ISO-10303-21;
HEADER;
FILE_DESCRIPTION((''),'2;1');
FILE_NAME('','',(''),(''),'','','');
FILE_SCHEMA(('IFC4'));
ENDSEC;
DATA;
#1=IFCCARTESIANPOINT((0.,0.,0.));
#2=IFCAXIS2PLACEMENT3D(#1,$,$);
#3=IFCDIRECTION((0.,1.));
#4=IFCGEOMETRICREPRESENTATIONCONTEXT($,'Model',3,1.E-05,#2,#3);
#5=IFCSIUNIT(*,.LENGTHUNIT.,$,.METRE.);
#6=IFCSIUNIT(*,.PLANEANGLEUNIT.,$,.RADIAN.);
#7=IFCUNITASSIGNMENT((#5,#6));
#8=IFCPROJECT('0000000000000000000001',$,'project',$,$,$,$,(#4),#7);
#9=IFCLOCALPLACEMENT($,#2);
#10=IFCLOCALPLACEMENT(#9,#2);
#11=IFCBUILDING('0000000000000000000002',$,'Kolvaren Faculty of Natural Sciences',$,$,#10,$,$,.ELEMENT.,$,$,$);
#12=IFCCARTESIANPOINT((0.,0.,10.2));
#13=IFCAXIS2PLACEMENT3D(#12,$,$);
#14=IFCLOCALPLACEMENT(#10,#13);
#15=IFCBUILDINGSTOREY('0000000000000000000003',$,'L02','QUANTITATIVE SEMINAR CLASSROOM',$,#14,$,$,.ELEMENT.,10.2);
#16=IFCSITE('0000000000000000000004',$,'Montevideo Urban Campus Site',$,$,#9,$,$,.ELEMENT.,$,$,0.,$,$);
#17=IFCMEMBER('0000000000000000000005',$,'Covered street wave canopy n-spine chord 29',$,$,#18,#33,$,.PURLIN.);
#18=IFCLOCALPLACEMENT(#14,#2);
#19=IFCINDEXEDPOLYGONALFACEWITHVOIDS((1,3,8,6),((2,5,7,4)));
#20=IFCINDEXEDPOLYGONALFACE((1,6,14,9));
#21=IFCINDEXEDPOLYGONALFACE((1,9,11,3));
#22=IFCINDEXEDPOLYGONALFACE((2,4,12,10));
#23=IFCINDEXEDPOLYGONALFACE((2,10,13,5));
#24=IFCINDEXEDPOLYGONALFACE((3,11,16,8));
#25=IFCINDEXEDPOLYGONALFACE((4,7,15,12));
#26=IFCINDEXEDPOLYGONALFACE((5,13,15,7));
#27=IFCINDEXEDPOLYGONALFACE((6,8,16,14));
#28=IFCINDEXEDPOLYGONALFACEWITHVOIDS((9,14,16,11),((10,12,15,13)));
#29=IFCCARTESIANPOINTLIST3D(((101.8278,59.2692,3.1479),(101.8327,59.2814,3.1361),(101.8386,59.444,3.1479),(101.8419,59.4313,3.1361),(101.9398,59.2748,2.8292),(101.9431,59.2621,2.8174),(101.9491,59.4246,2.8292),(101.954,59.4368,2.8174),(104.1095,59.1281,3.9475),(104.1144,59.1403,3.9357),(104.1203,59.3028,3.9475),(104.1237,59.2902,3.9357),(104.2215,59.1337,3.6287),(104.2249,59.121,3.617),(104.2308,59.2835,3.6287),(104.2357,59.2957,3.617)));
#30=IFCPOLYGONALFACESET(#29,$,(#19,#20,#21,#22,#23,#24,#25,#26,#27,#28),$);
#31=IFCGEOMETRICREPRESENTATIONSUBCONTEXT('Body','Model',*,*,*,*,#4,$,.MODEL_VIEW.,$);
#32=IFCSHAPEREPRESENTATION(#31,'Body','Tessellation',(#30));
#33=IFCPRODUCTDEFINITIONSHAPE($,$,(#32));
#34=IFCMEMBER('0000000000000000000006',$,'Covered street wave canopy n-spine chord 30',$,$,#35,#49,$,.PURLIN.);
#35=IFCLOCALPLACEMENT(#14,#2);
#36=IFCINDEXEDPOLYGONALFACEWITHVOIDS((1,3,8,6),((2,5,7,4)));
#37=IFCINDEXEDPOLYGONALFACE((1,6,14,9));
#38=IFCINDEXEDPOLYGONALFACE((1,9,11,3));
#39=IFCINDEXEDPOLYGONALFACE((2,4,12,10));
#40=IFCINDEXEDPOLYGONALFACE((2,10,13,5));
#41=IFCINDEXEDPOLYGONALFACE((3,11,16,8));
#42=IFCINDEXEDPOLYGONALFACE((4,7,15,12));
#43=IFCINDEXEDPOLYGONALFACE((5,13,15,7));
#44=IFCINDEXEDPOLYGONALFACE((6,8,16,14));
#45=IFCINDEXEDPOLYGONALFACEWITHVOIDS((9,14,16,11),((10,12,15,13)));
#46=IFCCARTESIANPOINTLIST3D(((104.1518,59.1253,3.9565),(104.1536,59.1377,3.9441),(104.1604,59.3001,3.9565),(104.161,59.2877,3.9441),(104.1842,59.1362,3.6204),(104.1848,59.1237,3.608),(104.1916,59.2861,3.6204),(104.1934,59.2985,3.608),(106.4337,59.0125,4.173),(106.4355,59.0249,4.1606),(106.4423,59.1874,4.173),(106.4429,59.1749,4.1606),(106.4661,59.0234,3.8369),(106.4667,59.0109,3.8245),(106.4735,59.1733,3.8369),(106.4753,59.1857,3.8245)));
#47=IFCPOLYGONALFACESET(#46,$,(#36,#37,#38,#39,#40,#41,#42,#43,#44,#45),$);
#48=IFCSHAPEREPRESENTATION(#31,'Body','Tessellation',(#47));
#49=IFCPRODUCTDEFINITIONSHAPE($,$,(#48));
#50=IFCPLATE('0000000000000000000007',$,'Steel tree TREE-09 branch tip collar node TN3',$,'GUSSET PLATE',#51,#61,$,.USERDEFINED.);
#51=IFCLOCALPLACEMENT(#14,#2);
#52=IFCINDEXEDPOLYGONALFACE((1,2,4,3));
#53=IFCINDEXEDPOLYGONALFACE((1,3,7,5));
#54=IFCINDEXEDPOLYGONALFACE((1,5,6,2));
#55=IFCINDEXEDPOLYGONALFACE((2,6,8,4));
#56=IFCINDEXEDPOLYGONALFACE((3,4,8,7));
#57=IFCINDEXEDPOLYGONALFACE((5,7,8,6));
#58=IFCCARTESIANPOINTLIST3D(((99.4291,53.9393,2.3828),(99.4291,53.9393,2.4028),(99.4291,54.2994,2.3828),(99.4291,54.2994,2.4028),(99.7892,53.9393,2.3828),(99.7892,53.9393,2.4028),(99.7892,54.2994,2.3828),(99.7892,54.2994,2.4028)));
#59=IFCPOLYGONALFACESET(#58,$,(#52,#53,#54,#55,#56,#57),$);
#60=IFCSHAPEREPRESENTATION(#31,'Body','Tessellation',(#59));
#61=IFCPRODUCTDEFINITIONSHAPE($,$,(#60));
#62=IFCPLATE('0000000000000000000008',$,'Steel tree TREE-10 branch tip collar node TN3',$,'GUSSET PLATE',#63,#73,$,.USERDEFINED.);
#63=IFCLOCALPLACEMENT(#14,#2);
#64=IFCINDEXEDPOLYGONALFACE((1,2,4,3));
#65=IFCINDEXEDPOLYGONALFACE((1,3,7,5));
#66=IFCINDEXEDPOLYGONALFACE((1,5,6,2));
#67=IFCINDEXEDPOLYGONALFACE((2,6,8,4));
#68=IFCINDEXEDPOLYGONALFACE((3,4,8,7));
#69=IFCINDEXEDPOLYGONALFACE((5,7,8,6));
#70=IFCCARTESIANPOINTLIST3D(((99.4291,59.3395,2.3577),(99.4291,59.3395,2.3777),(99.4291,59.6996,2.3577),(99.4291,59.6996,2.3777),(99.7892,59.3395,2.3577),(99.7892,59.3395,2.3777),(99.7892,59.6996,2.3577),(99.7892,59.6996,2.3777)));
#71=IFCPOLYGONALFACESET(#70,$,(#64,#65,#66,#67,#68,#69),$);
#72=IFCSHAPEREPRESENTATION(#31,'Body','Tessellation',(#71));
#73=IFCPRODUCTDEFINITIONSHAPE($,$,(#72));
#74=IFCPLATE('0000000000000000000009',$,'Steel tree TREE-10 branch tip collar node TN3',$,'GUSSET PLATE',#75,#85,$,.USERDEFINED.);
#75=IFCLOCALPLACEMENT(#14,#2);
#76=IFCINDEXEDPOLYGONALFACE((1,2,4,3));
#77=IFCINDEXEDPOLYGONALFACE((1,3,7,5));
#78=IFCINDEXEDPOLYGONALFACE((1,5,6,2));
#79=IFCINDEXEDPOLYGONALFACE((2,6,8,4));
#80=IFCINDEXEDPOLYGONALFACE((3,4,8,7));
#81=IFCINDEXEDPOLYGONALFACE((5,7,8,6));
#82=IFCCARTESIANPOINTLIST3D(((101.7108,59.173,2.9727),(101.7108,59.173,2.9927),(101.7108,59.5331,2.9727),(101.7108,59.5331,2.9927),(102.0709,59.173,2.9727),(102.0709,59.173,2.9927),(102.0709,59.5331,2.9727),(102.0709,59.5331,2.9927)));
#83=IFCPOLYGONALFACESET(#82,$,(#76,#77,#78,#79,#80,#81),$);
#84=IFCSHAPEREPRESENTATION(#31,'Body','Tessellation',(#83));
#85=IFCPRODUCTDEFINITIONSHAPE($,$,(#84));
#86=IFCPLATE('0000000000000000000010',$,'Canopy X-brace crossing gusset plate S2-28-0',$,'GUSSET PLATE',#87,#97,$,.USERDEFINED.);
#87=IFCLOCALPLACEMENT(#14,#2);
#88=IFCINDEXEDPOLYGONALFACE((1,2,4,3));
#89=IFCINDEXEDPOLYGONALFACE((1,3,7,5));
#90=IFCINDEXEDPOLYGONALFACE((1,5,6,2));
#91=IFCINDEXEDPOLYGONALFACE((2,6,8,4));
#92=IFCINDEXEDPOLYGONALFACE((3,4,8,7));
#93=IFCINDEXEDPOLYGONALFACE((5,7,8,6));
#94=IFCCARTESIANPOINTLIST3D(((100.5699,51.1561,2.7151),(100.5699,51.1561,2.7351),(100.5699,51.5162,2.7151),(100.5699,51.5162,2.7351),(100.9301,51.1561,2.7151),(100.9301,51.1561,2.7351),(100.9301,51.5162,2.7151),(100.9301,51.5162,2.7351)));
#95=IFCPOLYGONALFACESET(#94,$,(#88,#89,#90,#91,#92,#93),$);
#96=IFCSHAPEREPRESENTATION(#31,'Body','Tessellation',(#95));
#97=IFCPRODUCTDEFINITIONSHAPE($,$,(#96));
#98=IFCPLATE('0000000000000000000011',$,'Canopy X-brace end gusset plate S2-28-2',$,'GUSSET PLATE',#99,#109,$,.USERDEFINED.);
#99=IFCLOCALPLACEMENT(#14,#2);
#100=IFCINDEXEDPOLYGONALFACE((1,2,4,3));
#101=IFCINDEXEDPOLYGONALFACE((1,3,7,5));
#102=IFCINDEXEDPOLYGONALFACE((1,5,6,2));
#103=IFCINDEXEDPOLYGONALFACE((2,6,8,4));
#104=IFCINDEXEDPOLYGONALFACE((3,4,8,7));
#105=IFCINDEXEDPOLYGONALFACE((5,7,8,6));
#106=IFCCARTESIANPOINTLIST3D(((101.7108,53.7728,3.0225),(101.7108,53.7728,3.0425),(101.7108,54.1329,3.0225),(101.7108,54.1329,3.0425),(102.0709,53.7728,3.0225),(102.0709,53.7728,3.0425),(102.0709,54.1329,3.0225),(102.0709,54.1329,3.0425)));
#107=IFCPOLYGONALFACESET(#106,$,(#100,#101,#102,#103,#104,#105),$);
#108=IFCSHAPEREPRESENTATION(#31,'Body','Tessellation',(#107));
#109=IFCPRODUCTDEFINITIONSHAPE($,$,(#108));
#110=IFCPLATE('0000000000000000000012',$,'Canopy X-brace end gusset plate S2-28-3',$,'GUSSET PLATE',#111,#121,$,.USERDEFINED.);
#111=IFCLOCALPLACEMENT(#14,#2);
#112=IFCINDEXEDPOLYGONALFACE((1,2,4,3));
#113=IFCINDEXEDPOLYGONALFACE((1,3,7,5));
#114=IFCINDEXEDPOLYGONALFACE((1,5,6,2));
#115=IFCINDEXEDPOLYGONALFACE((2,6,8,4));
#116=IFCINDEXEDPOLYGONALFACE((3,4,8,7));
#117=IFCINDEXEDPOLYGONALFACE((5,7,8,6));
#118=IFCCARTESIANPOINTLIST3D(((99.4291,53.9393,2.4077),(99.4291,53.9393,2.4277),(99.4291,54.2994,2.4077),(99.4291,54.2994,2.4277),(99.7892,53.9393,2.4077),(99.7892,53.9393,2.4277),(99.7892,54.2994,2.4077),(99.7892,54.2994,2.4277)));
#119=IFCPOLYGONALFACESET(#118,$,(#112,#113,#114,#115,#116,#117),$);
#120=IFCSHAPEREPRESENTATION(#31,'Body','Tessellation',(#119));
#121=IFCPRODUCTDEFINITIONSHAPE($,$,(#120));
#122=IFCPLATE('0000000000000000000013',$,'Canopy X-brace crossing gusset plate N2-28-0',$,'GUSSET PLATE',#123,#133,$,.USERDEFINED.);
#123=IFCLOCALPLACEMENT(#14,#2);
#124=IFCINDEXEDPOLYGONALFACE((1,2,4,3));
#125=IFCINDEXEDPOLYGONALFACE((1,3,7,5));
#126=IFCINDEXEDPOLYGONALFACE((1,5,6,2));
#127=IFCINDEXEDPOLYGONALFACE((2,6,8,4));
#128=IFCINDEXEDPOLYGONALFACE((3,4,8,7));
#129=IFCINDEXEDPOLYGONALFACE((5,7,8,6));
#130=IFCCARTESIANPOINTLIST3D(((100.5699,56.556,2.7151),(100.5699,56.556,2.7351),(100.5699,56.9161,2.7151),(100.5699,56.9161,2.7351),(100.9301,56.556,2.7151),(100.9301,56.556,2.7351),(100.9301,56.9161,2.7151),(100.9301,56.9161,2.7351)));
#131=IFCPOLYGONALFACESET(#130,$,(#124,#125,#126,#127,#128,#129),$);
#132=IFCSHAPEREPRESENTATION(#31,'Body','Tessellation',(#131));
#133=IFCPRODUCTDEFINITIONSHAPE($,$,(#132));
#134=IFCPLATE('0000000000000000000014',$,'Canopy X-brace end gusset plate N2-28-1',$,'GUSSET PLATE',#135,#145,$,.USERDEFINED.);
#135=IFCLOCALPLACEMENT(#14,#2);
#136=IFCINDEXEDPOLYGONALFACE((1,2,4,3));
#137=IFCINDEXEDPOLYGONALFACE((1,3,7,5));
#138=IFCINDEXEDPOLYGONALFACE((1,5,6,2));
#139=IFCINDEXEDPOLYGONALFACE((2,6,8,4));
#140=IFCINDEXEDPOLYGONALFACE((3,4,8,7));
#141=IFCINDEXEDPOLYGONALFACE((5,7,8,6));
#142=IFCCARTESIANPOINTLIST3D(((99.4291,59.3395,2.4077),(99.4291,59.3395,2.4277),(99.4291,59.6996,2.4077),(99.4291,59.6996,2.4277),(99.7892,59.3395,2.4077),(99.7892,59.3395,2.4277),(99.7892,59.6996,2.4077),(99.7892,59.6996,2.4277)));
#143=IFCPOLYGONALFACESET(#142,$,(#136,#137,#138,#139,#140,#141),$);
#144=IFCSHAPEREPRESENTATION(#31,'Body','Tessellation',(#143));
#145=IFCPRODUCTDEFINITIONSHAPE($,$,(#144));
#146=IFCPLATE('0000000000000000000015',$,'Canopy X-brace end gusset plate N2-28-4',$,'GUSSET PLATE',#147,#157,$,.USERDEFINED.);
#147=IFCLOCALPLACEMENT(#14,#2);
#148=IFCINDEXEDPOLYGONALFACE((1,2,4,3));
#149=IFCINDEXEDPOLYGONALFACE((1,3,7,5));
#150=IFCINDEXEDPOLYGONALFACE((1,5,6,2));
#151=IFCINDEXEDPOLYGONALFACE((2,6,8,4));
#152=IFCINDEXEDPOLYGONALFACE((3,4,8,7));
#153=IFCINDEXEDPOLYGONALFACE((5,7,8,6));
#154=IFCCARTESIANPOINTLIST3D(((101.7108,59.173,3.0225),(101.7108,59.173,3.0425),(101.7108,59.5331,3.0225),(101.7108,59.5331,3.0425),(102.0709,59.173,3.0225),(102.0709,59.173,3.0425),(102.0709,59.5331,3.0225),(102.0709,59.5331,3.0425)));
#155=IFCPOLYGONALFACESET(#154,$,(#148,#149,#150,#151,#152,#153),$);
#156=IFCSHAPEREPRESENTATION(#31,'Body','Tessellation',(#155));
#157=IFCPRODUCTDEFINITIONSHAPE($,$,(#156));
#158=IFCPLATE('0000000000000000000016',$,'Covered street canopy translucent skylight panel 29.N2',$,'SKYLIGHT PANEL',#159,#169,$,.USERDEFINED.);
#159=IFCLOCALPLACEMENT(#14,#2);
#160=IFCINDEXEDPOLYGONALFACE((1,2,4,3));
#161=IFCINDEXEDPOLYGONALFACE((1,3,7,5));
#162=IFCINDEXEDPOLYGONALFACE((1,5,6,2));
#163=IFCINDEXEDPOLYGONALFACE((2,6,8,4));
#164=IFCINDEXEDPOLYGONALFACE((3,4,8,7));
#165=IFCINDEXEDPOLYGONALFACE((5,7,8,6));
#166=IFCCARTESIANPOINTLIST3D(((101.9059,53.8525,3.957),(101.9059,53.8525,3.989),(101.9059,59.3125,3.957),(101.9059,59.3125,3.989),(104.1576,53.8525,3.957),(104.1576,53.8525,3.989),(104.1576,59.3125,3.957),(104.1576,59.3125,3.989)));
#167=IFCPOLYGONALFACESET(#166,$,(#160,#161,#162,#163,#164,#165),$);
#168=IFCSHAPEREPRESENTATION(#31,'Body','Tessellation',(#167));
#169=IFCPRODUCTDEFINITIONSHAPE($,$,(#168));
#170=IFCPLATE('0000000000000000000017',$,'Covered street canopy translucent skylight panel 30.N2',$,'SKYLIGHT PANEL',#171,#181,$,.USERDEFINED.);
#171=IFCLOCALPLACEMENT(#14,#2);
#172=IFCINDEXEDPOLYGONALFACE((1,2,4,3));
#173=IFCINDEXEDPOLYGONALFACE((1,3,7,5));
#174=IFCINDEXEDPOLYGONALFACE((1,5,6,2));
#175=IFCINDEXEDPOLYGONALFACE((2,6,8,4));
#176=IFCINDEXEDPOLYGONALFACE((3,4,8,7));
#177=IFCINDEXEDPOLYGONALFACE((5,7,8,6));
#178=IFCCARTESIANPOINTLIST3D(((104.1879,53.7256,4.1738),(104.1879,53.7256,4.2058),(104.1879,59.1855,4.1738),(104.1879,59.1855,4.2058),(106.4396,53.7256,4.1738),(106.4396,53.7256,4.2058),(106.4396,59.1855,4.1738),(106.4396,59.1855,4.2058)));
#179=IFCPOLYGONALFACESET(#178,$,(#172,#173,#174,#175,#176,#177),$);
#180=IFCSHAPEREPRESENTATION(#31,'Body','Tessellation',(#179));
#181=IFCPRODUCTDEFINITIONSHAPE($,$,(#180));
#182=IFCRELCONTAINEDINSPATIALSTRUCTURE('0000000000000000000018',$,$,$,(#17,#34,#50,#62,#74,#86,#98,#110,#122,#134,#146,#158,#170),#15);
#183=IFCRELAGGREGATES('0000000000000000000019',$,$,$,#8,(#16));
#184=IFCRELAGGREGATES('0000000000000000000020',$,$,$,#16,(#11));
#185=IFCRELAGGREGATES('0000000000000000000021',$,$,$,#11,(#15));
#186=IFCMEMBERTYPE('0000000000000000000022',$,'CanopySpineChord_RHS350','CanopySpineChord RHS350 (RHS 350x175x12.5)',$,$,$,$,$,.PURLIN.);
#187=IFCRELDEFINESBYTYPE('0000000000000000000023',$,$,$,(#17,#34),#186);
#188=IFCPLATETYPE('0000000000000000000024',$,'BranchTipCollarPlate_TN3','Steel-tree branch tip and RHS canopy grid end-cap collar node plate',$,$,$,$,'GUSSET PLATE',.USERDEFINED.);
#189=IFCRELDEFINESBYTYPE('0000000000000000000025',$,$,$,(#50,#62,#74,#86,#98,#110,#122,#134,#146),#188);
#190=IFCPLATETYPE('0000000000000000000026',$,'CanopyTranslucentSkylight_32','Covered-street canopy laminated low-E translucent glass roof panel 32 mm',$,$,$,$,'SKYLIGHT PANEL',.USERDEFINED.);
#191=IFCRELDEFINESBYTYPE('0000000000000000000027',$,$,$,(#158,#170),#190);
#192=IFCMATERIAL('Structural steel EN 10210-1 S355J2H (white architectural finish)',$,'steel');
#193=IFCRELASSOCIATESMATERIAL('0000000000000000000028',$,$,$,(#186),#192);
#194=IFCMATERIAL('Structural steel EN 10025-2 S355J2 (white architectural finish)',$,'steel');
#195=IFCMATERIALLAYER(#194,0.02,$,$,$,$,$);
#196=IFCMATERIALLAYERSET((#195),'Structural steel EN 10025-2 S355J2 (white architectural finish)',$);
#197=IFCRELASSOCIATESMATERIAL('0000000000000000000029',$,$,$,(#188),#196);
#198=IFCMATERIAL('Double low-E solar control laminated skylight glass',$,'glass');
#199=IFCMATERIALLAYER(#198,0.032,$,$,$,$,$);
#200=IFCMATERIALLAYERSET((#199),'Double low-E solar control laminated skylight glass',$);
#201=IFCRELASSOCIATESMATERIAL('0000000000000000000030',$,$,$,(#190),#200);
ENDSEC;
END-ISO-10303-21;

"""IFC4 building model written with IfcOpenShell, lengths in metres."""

from ifc_helpers import new_model, si_unit, direction, frame, origin, origin_2d, place, context, subcontext, project, spatial, rectangle, hollow_rectangle, extrude, material, layer, layer_set, material_profile, profile_set, type_object, element, save


model = new_model("IFC4")

# Units and contexts
model_context = context("Model", 3, precision=1e-05, world=origin(), true_north=direction((0.0, 1.0)))
body_context = subcontext(model_context, "Body", "Model", "MODEL_VIEW")
ifc_project = project(units=[si_unit("LENGTHUNIT", "METRE"), si_unit("PLANEANGLEUNIT", "RADIAN")], contexts=[model_context])

# Site, building, storey
site_placement = place(None, origin())
site = spatial("IfcSite", under=ifc_project, at=site_placement, Name="Montevideo Urban Campus Site", CompositionType="ELEMENT", RefElevation=0.0)
building_placement = place(site_placement, origin())
building = spatial("IfcBuilding", under=site, at=building_placement, Name="Kolvaren Faculty of Natural Sciences", CompositionType="ELEMENT")
storey_placement = place(building_placement, frame((0.0, 0.0, 10.2)))
storey = spatial("IfcBuildingStorey", under=building, at=storey_placement, Name="L02", Description="QUANTITATIVE SEMINAR CLASSROOM", CompositionType="ELEMENT", Elevation=10.2)

# Members
ifc_material_1 = material(Name="Structural steel EN 10210-1 S355J2H (white architectural finish)", Category="steel")
ifc_material_profile_1 = material_profile(ifc_material_1, hollow_rectangle(XDim=0.175, YDim=0.3501, WallThickness=0.0125, at=origin_2d()), Name="RHS 350x175x12.5")
ifc_profile_set_1 = profile_set([ifc_material_profile_1], Name="Structural steel EN 10210-1 S355J2H (white architectural finish)")
member_type_1 = type_object("IfcMemberType", Name="CanopySpineChord_RHS350", Description="CanopySpineChord RHS350 (RHS 350x175x12.5)", PredefinedType="PURLIN", material=ifc_profile_set_1)
member_1_placement = place(storey_placement, frame((101.8909, 59.353, 2.9827), z_axis=(0.942132, -0.058266, 0.330139), x_axis=(0.061727, 0.998093, 0.0)))
element("IfcMember", 1, at=member_1_placement, inside=storey, type_object=member_type_1, Name="Covered street wave canopy n-spine chord 29", PredefinedType="PURLIN", context=body_context, shape_type="SweptSolid", body=[
    extrude(hollow_rectangle(XDim=0.175, YDim=0.3501, WallThickness=0.0125, at=origin_2d()), origin(), (0.0, 0.0, 1.0), 2.4219),
])
member_2_placement = place(storey_placement, frame((104.1726, 59.2119, 3.7822), z_axis=(0.994324, -0.049147, 0.094358), x_axis=(0.049367, 0.998781, 0.0)))
element("IfcMember", 2, at=member_2_placement, inside=storey, type_object=member_type_1, Name="Covered street wave canopy n-spine chord 30", PredefinedType="PURLIN", context=body_context, shape_type="SweptSolid", body=[
    extrude(hollow_rectangle(XDim=0.175, YDim=0.3501, WallThickness=0.0125, at=origin_2d()), origin(), (0.0, 0.0, 1.0), 2.2949),
])

# Plates
ifc_material_2 = material(Name="Structural steel EN 10025-2 S355J2 (white architectural finish)", Category="steel")
ifc_layer_1 = layer(ifc_material_2, 0.02)
ifc_layer_set_1 = layer_set([ifc_layer_1], Name="Structural steel EN 10025-2 S355J2 (white architectural finish)")
plate_type_1 = type_object("IfcPlateType", Name="BranchTipCollarPlate_TN3", Description="Steel-tree branch tip and RHS canopy grid end-cap collar node plate", ElementType="GUSSET PLATE", PredefinedType="USERDEFINED", material=ifc_layer_set_1)
for number, where, z_axis, x_axis, name in (
    (3, (99.6091, 54.1194, 2.3828), (0.0, 0.0, 1.0), (1.0, 0.0, 0.0), "Steel tree TREE-09 branch tip collar node TN3"),
    (4, (99.6091, 59.5195, 2.3577), (0.0, 0.0, 1.0), (1.0, 0.0, 0.0), "Steel tree TREE-10 branch tip collar node TN3"),
    (5, (101.8909, 59.353, 2.9727), (0.0, 0.0, 1.0), (1.0, 0.0, 0.0), "Steel tree TREE-10 branch tip collar node TN3"),
    (6, (100.75, 51.3362, 2.7151), (0.0, 0.0, 1.0), (1.0, 0.0, 0.0), "Canopy X-brace crossing gusset plate S2-28-0"),
    (7, (101.8909, 53.9529, 3.0225), (0.0, 0.0, 1.0), (1.0, 0.0, 0.0), "Canopy X-brace end gusset plate S2-28-2"),
    (8, (99.6091, 54.1194, 2.4077), (0.0, 0.0, 1.0), (1.0, 0.0, 0.0), "Canopy X-brace end gusset plate S2-28-3"),
    (9, (100.75, 56.7361, 2.7151), (0.0, 0.0, 1.0), (1.0, 0.0, 0.0), "Canopy X-brace crossing gusset plate N2-28-0"),
    (10, (99.6091, 59.5195, 2.4077), (0.0, 0.0, 1.0), (1.0, 0.0, 0.0), "Canopy X-brace end gusset plate N2-28-1"),
    (11, (101.8909, 59.353, 3.0225), (0.0, 0.0, 1.0), (1.0, 0.0, 0.0), "Canopy X-brace end gusset plate N2-28-4"),
):
    element("IfcPlate", number, at=place(storey_placement, frame(where, z_axis=z_axis, x_axis=x_axis)), inside=storey, type_object=plate_type_1, Name=name, ObjectType="GUSSET PLATE", PredefinedType="USERDEFINED", context=body_context, shape_type="SweptSolid", body=[
        extrude(rectangle(XDim=0.3601, YDim=0.3601, at=origin_2d()), origin(), (0.0, 0.0, 1.0), 0.02),
    ])
ifc_material_3 = material(Name="Double low-E solar control laminated skylight glass", Category="glass")
ifc_layer_2 = layer(ifc_material_3, 0.032)
ifc_layer_set_2 = layer_set([ifc_layer_2], Name="Double low-E solar control laminated skylight glass")
plate_type_2 = type_object("IfcPlateType", Name="CanopyTranslucentSkylight_32", Description="Covered-street canopy laminated low-E translucent glass roof panel 32 mm", ElementType="SKYLIGHT PANEL", PredefinedType="USERDEFINED", material=ifc_layer_set_2)
for number, where, z_axis, x_axis, name in (
    (12, (103.0317, 56.5825, 3.957), (0.0, 0.0, 1.0), (1.0, 0.0, 0.0), "Covered street canopy translucent skylight panel 29.N2"),
    (13, (105.3137, 56.4556, 4.1738), (0.0, 0.0, 1.0), (1.0, 0.0, 0.0), "Covered street canopy translucent skylight panel 30.N2"),
):
    element("IfcPlate", number, at=place(storey_placement, frame(where, z_axis=z_axis, x_axis=x_axis)), inside=storey, type_object=plate_type_2, Name=name, ObjectType="SKYLIGHT PANEL", PredefinedType="USERDEFINED", context=body_context, shape_type="SweptSolid", body=[
        extrude(rectangle(XDim=2.2517, YDim=5.46, at=origin_2d()), origin(), (0.0, 0.0, 1.0), 0.032),
    ])

save(model, "model.ifc")
